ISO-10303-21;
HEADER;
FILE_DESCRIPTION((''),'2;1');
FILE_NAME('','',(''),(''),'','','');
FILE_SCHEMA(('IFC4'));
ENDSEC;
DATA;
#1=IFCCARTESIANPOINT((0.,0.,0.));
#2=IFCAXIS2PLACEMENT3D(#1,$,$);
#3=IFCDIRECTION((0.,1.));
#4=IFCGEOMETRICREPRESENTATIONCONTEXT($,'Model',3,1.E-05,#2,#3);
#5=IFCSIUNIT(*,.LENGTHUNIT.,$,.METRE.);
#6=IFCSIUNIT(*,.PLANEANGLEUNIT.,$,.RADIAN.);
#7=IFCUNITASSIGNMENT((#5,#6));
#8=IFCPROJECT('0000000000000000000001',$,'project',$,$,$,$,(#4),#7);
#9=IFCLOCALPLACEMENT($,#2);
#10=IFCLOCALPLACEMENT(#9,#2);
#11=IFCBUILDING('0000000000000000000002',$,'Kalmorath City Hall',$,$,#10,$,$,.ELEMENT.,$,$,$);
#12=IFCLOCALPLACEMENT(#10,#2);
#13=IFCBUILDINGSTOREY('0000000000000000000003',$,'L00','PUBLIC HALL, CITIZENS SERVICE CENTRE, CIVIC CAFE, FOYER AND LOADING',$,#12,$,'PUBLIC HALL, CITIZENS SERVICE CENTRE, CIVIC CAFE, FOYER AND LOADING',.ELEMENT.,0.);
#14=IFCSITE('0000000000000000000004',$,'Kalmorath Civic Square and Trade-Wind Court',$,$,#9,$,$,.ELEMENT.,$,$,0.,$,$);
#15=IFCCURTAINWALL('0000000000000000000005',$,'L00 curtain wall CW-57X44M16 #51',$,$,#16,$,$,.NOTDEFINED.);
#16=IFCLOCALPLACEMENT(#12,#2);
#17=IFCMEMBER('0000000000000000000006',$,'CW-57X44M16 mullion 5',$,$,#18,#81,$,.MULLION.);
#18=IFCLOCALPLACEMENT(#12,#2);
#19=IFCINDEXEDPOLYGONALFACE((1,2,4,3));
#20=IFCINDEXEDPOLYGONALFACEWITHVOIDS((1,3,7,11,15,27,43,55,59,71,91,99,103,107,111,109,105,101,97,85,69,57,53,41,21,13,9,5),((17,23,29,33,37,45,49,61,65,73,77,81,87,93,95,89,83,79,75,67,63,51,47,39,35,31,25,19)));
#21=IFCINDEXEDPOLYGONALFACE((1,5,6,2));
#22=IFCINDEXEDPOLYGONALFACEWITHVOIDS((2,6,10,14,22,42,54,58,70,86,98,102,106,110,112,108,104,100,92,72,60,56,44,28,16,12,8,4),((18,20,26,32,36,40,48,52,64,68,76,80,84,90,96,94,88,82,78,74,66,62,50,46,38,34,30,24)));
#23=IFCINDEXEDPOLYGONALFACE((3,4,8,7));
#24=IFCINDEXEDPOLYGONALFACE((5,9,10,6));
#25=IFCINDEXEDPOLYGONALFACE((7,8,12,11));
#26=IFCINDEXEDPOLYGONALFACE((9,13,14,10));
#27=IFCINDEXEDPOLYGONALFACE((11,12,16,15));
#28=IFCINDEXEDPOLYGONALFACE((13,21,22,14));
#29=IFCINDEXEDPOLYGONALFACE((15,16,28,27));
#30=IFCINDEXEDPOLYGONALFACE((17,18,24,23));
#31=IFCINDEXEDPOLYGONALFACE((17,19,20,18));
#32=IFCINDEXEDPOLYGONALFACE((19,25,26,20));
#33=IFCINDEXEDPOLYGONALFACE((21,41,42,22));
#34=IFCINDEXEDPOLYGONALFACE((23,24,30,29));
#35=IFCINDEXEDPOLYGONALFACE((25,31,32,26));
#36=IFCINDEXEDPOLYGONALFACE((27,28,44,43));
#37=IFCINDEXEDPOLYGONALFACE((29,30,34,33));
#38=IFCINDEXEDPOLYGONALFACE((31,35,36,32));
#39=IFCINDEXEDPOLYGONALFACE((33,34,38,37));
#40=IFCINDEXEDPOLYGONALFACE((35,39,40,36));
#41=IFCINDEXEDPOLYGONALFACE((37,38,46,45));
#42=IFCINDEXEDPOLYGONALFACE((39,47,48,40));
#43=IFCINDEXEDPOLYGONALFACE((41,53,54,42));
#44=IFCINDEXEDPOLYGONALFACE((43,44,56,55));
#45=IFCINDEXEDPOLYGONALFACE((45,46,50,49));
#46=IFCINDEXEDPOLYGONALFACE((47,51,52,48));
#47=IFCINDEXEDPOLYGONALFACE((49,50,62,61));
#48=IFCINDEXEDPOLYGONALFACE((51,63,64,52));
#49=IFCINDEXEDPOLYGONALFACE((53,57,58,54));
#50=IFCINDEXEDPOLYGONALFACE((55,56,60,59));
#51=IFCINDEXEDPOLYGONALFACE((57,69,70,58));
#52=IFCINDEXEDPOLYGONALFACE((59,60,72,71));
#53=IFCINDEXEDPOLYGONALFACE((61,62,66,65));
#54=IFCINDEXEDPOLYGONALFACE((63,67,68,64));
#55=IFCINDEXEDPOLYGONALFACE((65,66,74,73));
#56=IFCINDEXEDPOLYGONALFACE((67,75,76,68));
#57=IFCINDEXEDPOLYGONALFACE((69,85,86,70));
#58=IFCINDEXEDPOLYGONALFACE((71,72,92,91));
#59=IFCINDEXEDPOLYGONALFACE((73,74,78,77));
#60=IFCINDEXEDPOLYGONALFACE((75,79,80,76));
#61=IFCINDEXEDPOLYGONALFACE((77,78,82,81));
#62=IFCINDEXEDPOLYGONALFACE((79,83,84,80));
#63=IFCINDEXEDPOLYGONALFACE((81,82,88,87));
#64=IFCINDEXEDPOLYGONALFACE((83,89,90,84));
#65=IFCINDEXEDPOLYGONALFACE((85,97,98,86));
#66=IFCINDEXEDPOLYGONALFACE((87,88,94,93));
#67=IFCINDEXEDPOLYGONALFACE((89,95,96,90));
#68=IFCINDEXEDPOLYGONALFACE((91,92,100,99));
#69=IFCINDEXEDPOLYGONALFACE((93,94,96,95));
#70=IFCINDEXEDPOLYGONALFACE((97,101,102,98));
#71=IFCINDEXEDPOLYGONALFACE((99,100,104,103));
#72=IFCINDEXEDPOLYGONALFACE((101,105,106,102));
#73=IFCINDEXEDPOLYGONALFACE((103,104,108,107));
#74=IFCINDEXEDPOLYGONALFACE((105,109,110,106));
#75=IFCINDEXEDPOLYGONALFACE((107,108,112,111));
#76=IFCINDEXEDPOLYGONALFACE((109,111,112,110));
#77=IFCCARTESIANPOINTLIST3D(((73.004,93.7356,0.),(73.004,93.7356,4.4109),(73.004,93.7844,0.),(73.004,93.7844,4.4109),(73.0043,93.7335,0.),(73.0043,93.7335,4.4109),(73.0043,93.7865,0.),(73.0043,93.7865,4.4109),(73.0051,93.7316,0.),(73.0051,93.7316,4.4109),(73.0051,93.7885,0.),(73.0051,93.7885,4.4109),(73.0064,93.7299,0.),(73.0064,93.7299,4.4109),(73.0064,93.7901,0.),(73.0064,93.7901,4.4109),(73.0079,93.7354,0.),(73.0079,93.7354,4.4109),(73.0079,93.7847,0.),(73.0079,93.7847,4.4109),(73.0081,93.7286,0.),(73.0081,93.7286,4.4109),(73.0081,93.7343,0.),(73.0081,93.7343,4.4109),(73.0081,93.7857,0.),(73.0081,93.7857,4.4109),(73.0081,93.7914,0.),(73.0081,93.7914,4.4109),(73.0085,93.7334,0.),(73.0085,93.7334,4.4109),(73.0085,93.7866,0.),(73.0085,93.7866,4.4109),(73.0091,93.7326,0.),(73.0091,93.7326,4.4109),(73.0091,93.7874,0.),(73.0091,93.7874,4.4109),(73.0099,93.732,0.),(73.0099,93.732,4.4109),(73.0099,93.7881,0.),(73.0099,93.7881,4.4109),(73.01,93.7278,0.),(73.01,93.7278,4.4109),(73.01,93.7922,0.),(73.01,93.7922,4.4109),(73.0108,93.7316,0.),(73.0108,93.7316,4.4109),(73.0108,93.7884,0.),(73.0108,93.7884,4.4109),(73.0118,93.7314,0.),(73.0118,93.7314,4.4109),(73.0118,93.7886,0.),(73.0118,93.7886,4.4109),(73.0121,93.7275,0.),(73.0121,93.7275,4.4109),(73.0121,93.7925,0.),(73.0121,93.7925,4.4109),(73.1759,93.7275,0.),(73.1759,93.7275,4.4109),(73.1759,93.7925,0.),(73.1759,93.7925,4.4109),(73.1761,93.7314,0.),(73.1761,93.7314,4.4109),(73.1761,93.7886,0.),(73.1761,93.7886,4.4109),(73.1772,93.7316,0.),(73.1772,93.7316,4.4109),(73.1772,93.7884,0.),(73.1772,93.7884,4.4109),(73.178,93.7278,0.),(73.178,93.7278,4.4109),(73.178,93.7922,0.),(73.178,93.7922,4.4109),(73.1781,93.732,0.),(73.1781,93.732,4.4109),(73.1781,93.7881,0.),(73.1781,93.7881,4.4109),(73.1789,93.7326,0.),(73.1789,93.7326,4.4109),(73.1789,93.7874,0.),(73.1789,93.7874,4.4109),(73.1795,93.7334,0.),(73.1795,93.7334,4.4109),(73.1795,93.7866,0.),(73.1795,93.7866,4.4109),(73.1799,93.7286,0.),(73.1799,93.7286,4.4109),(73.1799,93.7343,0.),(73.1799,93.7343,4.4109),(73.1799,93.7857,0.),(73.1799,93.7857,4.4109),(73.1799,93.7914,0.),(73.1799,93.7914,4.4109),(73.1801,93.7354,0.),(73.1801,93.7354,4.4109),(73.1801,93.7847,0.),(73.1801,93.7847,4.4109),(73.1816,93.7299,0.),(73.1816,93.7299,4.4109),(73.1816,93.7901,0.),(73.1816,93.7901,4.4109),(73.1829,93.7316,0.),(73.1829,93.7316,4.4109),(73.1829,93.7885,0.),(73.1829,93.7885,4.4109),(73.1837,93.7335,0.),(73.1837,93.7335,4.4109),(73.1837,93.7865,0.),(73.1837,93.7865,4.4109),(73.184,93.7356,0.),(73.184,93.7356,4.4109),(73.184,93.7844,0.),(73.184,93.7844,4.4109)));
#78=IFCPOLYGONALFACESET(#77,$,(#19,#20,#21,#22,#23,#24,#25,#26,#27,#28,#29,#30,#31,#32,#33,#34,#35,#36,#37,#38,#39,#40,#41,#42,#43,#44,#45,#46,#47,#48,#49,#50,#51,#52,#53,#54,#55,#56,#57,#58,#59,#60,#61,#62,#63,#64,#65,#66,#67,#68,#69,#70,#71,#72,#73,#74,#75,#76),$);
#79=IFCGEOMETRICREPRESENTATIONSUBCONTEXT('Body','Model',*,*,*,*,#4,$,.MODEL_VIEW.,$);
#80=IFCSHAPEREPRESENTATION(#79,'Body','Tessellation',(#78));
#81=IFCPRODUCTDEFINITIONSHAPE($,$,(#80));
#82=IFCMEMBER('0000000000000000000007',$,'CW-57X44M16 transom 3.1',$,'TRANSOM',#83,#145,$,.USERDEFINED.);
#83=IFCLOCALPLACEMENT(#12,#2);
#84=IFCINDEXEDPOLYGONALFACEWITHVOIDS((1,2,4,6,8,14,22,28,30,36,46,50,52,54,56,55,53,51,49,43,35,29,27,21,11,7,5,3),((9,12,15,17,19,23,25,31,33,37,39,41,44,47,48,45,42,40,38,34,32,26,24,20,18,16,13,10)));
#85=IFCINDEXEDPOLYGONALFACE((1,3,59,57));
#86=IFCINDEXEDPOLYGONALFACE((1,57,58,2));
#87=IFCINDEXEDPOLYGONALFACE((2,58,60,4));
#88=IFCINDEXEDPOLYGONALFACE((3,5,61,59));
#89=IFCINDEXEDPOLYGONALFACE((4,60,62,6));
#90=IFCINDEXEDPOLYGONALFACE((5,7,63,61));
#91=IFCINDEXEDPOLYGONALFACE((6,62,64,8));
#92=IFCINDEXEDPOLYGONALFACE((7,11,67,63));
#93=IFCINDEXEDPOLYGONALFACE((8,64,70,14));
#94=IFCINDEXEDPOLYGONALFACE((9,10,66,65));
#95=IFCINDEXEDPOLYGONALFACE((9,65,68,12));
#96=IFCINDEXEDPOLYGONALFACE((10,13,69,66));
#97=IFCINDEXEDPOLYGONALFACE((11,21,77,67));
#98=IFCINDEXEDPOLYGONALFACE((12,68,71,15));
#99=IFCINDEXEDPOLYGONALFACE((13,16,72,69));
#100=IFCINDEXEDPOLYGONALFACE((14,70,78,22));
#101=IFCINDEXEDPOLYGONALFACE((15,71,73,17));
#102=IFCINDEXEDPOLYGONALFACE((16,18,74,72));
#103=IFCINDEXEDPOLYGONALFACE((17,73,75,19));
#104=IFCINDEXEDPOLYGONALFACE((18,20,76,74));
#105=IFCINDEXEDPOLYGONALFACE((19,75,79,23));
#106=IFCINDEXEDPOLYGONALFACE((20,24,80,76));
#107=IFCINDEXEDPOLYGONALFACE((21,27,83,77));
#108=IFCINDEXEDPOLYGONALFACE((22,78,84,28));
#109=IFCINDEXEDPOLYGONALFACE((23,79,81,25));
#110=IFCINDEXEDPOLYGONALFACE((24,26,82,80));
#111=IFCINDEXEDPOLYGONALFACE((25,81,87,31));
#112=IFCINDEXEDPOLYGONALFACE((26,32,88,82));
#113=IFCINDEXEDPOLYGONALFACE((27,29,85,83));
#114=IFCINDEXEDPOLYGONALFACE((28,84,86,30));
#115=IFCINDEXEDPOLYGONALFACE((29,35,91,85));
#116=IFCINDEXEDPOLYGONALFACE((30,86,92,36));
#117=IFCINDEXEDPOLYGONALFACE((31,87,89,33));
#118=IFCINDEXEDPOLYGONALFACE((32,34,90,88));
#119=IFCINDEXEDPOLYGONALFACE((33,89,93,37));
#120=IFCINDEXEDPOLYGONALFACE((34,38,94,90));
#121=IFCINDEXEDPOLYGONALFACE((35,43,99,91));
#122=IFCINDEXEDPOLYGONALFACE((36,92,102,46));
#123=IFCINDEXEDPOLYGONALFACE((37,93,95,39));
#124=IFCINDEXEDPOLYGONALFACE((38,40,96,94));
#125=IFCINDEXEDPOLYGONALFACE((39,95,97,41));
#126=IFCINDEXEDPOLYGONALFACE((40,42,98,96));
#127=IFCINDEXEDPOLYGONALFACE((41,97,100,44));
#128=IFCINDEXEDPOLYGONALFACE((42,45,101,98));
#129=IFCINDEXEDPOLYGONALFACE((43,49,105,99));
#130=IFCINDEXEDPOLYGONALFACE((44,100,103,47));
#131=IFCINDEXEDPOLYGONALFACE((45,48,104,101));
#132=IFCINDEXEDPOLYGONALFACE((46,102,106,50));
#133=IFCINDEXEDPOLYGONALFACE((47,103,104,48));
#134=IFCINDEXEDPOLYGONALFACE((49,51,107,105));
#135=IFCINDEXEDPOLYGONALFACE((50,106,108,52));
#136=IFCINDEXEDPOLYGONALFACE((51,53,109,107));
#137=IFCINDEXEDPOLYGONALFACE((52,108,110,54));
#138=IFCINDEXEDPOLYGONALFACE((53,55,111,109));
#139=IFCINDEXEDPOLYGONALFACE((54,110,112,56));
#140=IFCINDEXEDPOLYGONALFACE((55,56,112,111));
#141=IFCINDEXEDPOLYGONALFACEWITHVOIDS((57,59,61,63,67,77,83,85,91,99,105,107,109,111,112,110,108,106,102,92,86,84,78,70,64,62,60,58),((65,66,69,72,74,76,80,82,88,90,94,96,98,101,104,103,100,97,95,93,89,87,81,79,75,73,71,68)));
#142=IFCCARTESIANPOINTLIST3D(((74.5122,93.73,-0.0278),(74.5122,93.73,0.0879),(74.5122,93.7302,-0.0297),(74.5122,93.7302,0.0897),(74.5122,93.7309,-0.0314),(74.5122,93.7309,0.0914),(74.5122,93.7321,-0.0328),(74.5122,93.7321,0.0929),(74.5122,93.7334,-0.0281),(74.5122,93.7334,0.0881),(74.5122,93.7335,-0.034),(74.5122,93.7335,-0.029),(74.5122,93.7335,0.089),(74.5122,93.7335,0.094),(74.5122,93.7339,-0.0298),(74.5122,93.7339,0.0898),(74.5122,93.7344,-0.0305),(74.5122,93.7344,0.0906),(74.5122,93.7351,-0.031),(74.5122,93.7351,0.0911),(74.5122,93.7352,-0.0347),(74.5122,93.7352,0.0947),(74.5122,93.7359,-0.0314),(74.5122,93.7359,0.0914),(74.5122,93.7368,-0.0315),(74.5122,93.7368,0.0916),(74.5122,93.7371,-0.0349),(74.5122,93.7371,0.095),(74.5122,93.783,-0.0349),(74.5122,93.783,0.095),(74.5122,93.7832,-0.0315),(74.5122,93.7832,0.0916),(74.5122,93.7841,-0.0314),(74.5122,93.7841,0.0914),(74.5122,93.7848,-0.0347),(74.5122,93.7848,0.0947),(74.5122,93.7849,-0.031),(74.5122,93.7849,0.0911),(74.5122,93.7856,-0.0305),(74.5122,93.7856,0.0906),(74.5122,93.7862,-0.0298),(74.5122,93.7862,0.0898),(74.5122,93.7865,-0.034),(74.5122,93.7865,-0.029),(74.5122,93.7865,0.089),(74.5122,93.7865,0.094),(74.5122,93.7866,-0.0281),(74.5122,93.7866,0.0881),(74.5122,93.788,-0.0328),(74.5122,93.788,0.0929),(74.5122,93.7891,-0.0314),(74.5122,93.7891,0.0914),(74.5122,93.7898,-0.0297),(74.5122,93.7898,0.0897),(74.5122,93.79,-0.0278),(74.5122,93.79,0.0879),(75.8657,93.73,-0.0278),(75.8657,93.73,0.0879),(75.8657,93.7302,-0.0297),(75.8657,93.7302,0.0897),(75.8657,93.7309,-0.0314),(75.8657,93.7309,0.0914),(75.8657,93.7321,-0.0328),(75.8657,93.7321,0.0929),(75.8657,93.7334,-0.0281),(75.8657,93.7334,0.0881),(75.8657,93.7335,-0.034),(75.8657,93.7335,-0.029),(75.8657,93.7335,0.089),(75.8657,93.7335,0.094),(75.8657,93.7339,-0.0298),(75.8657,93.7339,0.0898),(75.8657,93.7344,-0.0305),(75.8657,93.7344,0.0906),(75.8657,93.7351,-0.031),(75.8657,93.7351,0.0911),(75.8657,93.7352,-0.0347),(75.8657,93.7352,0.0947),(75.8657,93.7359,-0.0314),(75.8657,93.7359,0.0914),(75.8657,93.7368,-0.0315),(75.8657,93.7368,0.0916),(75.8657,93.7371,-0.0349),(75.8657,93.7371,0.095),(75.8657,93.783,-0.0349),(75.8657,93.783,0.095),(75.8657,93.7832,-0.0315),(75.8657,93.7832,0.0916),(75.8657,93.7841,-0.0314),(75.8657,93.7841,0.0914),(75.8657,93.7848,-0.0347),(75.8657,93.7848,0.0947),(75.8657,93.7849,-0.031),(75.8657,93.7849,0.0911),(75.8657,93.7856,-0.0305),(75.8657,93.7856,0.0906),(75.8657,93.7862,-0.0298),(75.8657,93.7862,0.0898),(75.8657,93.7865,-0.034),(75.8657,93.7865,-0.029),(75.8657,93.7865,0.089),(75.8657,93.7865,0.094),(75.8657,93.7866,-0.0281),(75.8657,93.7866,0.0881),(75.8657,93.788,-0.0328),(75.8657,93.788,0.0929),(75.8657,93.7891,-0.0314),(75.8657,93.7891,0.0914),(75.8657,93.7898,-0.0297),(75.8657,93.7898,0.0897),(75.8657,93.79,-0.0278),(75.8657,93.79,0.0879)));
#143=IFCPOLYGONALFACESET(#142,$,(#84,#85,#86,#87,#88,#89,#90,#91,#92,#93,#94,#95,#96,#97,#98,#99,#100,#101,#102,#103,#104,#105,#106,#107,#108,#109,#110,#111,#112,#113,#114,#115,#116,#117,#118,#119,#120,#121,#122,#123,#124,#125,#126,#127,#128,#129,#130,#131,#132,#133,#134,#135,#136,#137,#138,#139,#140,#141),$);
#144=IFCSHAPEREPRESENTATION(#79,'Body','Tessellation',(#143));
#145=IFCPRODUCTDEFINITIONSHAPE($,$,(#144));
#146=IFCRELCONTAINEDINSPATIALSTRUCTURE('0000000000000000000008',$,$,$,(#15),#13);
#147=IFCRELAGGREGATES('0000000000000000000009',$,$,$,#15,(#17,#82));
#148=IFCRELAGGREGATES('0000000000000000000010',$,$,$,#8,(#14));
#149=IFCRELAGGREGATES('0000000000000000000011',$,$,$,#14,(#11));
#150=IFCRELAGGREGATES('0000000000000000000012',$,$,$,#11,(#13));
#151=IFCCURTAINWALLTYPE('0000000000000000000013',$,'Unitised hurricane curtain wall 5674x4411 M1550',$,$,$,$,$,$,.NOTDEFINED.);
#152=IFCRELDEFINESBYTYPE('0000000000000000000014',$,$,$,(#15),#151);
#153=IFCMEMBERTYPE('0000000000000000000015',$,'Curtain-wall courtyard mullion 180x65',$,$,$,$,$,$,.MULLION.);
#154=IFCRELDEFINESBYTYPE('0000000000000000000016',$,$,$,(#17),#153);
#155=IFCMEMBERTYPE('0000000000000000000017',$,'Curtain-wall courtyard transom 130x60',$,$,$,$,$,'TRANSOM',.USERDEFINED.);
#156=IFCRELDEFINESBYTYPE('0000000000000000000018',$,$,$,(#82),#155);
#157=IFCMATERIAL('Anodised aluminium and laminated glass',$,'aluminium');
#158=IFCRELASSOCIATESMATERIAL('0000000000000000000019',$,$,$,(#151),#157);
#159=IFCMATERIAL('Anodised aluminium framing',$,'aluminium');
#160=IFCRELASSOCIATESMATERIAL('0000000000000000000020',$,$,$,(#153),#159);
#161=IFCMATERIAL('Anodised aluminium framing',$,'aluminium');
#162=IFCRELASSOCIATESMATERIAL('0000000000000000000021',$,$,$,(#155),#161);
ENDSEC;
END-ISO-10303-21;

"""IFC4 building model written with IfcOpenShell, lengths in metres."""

from ifc_helpers import new_model, si_unit, direction, frame, origin, origin_2d, place, context, subcontext, project, spatial, hollow_rectangle, extrude, material, material_profile, profile_set, type_object, element, aggregate, save


model = new_model("IFC4")

# Units and contexts
model_context = context("Model", 3, precision=1e-05, world=origin(), true_north=direction((0.0, 1.0)))
body_context = subcontext(model_context, "Body", "Model", "MODEL_VIEW")
ifc_project = project(units=[si_unit("LENGTHUNIT", "METRE"), si_unit("PLANEANGLEUNIT", "RADIAN")], contexts=[model_context])

# Site, building, storey
site_placement = place(None, origin())
site = spatial("IfcSite", under=ifc_project, at=site_placement, Name="Kalmorath Civic Square and Trade-Wind Court", CompositionType="ELEMENT", RefElevation=0.0)
building_placement = place(site_placement, origin())
building = spatial("IfcBuilding", under=site, at=building_placement, Name="Kalmorath City Hall", CompositionType="ELEMENT")
storey_placement = place(building_placement, origin())
storey = spatial("IfcBuildingStorey", under=building, at=storey_placement, Name="L00", Description="PUBLIC HALL, CITIZENS SERVICE CENTRE, CIVIC CAFE, FOYER AND LOADING", LongName="PUBLIC HALL, CITIZENS SERVICE CENTRE, CIVIC CAFE, FOYER AND LOADING", CompositionType="ELEMENT", Elevation=0.0)

# Curtain wall, members
ifc_material_1 = material(Name="Anodised aluminium and laminated glass", Category="aluminium")
curtain_wall_type = type_object("IfcCurtainWallType", Name="Unitised hurricane curtain wall 5674x4411 M1550", PredefinedType="NOTDEFINED", material=ifc_material_1)
curtain_wall_placement = place(storey_placement, origin())
curtain_wall = element("IfcCurtainWall", 1, at=curtain_wall_placement, inside=storey, type_object=curtain_wall_type, Name="L00 curtain wall CW-57X44M16 #51", PredefinedType="NOTDEFINED")
ifc_material_2 = material(Name="Anodised aluminium framing", Category="aluminium")
ifc_material_profile_1 = material_profile(ifc_material_2, hollow_rectangle(XDim=0.0649, YDim=0.1799, WallThickness=0.0039, InnerFilletRadius=0.0039, OuterFilletRadius=0.0081, at=origin_2d()), Name="ALU-MUL-180X65X4")
ifc_profile_set_1 = profile_set([ifc_material_profile_1], Name="Anodised aluminium framing")
member_type_1 = type_object("IfcMemberType", Name="Curtain-wall courtyard mullion 180x65", PredefinedType="MULLION", material=ifc_profile_set_1)
member_1_placement = place(storey_placement, frame((73.094, 93.76, 0.0), z_axis=(0.0, 0.0, 1.0), x_axis=(0.0, -1.0, 0.0)))
member_1 = element("IfcMember", 2, at=member_1_placement, type_object=member_type_1, Name="CW-57X44M16 mullion 5", PredefinedType="MULLION", context=body_context, shape_type="SweptSolid", body=[
    extrude(hollow_rectangle(XDim=0.0649, YDim=0.1799, WallThickness=0.0039, InnerFilletRadius=0.0039, OuterFilletRadius=0.0081, at=origin_2d()), origin(), (0.0, 0.0, 1.0), 4.4109),
])
ifc_material_3 = material(Name="Anodised aluminium framing", Category="aluminium")
ifc_material_profile_2 = material_profile(ifc_material_3, hollow_rectangle(XDim=0.0601, YDim=0.1299, WallThickness=0.0034, InnerFilletRadius=0.0034, OuterFilletRadius=0.0071, at=origin_2d()), Name="ALU-TRN-130X60X3.5")
ifc_profile_set_2 = profile_set([ifc_material_profile_2], Name="Anodised aluminium framing")
member_type_2 = type_object("IfcMemberType", Name="Curtain-wall courtyard transom 130x60", ElementType="TRANSOM", PredefinedType="USERDEFINED", material=ifc_profile_set_2)
member_2_placement = place(storey_placement, frame((75.8657, 93.76, 0.03), z_axis=(-1.0, 0.0, 0.0), x_axis=(0.0, -1.0, 0.0)))
member_2 = element("IfcMember", 3, at=member_2_placement, type_object=member_type_2, Name="CW-57X44M16 transom 3.1", ObjectType="TRANSOM", PredefinedType="USERDEFINED", context=body_context, shape_type="SweptSolid", body=[
    extrude(hollow_rectangle(XDim=0.0601, YDim=0.1299, WallThickness=0.0034, InnerFilletRadius=0.0034, OuterFilletRadius=0.0071, at=origin_2d()), origin(), (0.0, 0.0, 1.0), 1.3535),
])

aggregate(curtain_wall, [member_1, member_2])

save(model, "model.ifc")
